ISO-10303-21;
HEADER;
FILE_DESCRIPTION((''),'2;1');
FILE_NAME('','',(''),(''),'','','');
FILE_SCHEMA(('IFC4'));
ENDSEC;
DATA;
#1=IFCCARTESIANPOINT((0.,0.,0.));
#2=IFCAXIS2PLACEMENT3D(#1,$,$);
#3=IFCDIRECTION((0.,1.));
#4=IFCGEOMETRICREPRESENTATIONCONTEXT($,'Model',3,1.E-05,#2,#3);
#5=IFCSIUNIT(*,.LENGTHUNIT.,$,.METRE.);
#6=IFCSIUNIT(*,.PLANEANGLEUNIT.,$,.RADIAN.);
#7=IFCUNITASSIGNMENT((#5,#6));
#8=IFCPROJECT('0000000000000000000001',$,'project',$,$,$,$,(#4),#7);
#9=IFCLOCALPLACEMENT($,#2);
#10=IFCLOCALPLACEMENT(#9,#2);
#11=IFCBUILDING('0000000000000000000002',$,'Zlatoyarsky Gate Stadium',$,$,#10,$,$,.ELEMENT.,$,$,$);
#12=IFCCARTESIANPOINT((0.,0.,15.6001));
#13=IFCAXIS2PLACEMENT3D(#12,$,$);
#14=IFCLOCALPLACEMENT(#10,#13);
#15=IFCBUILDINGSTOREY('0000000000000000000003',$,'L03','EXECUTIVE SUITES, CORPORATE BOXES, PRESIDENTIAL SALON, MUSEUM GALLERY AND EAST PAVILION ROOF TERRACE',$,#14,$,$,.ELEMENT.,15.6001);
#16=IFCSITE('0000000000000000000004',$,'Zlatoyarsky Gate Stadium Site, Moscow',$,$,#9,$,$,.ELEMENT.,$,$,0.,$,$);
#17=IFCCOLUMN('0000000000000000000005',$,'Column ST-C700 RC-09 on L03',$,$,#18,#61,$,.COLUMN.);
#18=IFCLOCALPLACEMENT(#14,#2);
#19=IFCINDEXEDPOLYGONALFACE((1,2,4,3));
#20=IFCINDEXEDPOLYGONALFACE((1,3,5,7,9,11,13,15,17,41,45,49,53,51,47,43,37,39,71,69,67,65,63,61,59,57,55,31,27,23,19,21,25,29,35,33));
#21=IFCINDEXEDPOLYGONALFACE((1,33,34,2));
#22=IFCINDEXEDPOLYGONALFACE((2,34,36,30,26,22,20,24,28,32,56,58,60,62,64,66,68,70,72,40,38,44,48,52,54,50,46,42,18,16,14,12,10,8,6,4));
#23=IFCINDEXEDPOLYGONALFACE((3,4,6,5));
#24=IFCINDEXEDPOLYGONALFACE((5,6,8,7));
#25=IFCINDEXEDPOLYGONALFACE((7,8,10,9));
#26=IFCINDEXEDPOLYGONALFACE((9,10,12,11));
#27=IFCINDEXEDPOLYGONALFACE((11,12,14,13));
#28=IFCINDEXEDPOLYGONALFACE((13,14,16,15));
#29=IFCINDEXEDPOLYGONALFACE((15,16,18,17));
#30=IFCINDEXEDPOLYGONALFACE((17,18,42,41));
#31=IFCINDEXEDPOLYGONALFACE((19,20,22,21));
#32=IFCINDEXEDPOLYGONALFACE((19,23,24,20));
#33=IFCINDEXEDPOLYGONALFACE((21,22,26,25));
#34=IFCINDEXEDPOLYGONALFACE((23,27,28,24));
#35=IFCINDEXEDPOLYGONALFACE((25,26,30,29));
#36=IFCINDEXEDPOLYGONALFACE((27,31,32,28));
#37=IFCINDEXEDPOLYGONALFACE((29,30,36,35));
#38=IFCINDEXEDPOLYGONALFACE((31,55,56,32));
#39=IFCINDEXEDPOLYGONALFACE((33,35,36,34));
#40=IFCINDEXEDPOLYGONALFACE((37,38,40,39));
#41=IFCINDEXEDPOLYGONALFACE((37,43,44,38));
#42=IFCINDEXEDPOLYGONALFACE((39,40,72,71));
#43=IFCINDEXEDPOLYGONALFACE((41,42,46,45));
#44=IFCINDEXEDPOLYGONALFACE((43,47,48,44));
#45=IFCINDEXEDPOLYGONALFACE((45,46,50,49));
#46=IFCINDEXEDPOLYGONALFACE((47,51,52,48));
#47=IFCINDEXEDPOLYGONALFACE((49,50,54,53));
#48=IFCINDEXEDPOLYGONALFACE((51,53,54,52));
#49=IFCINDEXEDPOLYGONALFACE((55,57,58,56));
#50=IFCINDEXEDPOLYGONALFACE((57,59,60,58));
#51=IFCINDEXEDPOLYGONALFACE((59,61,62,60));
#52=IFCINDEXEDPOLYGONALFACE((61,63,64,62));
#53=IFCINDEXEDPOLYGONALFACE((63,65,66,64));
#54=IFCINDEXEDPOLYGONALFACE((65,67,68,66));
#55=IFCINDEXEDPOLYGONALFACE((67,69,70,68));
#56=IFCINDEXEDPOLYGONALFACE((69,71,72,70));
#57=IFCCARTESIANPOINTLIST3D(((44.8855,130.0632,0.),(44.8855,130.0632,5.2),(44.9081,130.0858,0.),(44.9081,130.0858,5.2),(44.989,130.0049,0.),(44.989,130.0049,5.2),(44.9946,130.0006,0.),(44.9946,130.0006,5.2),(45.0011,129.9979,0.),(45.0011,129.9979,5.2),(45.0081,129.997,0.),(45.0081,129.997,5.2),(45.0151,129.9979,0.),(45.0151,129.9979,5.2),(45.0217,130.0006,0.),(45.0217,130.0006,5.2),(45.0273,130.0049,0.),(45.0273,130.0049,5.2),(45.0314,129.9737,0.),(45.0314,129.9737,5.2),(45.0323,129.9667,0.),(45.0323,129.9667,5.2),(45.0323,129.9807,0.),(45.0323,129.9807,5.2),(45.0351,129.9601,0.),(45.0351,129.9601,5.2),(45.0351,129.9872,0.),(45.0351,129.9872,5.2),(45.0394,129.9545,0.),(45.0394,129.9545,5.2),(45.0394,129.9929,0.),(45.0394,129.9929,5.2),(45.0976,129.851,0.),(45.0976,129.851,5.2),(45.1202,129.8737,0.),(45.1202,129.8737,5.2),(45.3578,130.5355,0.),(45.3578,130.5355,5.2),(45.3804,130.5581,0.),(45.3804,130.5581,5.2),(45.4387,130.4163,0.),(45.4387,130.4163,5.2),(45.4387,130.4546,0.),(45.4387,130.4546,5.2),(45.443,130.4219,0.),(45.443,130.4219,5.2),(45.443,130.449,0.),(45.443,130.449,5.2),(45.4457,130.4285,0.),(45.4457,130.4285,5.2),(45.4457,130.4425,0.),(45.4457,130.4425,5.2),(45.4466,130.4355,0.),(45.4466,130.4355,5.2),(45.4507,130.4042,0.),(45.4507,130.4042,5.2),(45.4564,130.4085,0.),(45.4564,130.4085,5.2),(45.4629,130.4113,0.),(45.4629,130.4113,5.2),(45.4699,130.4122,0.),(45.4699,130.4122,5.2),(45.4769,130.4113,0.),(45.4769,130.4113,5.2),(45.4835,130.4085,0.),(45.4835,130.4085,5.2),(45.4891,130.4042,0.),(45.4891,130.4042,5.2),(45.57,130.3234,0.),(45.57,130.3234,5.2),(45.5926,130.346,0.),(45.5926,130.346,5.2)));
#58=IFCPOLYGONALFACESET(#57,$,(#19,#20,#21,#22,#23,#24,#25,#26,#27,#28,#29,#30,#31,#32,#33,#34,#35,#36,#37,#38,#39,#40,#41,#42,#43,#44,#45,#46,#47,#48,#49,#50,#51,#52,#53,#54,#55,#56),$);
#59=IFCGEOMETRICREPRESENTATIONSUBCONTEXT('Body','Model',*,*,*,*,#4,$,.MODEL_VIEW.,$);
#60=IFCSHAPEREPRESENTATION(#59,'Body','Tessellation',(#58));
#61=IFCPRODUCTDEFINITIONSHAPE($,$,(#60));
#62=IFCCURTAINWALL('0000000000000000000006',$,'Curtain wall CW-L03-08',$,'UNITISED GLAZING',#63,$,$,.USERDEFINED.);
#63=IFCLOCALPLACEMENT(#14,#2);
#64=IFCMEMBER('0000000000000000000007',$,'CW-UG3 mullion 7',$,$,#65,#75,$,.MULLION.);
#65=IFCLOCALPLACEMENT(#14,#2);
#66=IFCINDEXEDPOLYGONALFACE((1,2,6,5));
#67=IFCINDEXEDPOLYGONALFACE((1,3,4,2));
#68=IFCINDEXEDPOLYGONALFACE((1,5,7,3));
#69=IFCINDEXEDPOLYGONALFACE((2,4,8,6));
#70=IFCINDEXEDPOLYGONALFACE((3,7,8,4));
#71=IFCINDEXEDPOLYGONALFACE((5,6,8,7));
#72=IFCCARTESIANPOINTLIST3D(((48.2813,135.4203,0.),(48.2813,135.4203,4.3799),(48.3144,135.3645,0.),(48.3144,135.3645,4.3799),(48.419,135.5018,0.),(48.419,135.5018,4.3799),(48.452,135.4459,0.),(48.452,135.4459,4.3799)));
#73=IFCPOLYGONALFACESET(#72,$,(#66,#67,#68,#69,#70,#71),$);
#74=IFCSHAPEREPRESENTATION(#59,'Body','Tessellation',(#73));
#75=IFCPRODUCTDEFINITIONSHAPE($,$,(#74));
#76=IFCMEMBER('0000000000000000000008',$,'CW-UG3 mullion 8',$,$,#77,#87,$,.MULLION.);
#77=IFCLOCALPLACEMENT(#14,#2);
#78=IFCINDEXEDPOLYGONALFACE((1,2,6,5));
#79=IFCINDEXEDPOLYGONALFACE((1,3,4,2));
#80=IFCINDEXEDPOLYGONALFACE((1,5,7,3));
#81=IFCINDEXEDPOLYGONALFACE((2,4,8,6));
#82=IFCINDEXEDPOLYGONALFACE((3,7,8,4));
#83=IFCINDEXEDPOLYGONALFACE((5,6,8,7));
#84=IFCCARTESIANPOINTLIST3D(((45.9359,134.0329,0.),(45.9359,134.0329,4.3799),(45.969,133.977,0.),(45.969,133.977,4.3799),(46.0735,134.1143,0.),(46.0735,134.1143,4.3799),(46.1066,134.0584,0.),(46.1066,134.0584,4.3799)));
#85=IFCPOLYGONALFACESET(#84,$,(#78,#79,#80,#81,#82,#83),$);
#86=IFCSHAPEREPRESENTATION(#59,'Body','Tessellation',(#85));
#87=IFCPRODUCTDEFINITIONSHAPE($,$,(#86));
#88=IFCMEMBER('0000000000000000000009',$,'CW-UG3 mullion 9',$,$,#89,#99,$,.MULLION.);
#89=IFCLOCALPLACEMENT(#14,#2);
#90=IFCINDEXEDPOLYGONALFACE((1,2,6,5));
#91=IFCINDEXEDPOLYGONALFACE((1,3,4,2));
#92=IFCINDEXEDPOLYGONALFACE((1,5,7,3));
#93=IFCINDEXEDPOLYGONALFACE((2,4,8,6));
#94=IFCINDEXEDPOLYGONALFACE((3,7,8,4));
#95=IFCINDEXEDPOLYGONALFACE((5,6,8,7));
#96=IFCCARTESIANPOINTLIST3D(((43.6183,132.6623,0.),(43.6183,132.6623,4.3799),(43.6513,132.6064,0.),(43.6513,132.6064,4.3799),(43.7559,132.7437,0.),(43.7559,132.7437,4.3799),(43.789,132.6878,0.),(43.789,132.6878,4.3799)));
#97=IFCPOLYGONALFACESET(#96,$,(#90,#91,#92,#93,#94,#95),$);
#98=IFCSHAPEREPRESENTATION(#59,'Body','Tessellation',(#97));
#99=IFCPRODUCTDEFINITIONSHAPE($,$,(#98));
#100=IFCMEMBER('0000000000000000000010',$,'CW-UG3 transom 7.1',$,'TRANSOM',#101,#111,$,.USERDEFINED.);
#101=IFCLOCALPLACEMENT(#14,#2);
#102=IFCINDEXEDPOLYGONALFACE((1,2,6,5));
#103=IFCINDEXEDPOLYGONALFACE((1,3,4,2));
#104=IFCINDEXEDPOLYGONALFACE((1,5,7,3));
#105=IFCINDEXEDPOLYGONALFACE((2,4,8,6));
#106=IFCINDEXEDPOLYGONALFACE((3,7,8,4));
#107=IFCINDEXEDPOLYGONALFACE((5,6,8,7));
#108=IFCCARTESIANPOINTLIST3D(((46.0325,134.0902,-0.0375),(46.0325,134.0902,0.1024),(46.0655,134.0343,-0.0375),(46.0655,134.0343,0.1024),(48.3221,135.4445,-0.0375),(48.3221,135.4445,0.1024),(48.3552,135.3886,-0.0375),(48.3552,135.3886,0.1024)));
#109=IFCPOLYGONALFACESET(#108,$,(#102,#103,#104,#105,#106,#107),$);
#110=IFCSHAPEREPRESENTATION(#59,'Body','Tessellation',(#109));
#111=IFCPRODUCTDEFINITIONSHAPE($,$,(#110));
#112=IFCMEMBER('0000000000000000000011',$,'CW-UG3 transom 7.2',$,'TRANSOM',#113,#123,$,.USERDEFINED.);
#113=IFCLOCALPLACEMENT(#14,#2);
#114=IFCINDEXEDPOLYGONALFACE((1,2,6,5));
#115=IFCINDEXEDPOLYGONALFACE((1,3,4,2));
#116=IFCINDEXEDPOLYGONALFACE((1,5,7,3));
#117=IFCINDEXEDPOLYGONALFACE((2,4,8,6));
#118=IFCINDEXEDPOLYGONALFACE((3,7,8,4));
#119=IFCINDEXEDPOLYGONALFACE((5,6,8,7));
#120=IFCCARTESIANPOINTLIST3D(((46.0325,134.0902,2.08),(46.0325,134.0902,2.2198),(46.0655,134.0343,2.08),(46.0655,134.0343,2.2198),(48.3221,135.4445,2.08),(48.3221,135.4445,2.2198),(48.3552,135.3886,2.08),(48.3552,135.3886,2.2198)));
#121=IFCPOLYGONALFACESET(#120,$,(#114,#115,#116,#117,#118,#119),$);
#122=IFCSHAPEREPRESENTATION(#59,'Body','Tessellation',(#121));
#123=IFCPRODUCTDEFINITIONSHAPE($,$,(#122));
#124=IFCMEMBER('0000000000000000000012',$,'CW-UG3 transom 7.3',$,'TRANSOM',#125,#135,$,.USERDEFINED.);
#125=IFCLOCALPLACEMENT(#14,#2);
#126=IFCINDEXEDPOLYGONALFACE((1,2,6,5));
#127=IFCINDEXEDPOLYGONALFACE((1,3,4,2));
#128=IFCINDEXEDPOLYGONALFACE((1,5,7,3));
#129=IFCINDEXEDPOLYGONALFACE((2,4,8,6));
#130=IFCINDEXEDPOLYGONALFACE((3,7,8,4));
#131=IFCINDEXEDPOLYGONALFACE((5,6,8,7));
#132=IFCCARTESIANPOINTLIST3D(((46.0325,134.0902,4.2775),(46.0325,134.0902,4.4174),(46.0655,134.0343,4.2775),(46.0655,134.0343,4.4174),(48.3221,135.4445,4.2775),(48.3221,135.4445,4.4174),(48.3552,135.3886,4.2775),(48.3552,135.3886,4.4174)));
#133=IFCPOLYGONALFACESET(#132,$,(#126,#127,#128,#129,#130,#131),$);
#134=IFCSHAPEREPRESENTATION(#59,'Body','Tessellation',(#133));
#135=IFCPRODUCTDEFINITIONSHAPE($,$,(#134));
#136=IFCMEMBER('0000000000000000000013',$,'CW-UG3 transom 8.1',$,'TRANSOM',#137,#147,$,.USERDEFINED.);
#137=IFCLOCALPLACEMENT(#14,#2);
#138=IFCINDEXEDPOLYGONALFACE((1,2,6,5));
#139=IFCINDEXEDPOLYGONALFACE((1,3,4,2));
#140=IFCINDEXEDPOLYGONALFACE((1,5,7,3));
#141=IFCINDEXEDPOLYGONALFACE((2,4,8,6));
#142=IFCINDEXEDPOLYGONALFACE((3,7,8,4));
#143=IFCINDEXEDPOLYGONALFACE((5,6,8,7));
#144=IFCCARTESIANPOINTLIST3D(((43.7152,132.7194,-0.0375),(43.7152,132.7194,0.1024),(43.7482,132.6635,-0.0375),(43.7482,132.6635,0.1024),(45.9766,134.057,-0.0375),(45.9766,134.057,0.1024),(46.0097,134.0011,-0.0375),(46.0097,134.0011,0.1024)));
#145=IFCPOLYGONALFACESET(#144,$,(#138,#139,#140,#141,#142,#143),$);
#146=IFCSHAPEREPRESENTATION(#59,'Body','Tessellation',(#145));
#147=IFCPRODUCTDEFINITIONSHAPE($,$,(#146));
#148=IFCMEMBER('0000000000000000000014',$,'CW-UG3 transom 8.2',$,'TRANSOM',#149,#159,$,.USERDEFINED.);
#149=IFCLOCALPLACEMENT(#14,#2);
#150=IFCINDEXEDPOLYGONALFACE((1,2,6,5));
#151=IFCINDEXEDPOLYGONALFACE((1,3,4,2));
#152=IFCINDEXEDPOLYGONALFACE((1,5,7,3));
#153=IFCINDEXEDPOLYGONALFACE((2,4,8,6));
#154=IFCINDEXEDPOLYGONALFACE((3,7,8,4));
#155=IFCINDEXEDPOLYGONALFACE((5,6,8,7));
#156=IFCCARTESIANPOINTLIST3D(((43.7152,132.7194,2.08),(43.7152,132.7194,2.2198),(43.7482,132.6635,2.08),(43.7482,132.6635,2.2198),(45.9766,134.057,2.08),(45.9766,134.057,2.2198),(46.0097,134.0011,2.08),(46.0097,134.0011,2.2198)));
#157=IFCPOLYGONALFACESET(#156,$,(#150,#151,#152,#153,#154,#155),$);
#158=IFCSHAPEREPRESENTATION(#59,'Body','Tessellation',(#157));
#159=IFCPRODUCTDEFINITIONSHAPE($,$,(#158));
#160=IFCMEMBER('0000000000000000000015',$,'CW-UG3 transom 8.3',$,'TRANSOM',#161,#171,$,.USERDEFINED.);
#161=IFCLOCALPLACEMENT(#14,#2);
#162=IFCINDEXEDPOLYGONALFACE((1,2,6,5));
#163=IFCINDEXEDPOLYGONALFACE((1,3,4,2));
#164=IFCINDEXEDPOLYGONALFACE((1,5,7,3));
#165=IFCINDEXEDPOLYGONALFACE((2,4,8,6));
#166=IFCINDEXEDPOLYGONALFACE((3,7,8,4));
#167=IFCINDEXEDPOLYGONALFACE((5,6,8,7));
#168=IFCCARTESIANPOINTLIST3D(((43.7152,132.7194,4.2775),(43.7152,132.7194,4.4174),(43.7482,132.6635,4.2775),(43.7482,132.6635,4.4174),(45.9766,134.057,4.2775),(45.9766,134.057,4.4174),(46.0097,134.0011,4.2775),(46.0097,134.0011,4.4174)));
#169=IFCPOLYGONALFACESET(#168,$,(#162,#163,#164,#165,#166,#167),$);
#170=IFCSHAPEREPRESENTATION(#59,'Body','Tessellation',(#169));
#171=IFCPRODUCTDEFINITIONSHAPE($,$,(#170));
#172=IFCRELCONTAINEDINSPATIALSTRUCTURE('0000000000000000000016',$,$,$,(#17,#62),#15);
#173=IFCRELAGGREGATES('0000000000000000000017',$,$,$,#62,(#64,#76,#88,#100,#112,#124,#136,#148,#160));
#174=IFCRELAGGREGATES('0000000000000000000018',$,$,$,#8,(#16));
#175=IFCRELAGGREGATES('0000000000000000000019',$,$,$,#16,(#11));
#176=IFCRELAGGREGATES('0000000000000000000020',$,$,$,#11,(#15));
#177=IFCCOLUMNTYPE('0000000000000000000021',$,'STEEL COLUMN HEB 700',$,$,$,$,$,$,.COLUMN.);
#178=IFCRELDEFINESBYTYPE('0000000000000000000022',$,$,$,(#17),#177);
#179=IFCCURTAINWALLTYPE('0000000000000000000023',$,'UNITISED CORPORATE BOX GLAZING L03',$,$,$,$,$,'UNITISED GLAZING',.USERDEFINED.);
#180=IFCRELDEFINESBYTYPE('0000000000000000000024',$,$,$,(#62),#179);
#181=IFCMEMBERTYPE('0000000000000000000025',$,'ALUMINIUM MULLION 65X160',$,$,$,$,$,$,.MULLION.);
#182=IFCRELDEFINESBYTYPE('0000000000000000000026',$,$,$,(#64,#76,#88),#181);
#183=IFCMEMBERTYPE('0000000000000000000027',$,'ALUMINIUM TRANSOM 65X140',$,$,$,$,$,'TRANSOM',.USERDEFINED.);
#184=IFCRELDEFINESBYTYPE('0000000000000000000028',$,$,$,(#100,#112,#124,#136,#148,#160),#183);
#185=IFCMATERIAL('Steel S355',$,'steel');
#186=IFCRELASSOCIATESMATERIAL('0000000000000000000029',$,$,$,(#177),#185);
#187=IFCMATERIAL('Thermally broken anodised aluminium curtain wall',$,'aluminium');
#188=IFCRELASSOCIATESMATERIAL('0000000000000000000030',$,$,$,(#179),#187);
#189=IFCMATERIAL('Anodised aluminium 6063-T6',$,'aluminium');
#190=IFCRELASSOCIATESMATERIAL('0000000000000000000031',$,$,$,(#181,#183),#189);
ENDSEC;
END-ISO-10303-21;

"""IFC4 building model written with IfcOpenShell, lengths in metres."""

from ifc_helpers import new_model, si_unit, direction, frame, origin, origin_2d, place, context, subcontext, project, spatial, rectangle, i_section, extrude, material, material_profile, profile_set, type_object, element, aggregate, save


model = new_model("IFC4")

# Units and contexts
model_context = context("Model", 3, precision=1e-05, world=origin(), true_north=direction((0.0, 1.0)))
body_context = subcontext(model_context, "Body", "Model", "MODEL_VIEW")
ifc_project = project(units=[si_unit("LENGTHUNIT", "METRE"), si_unit("PLANEANGLEUNIT", "RADIAN")], contexts=[model_context])

# Site, building, storey
site_placement = place(None, origin())
site = spatial("IfcSite", under=ifc_project, at=site_placement, Name="Zlatoyarsky Gate Stadium Site, Moscow", CompositionType="ELEMENT", RefElevation=0.0)
building_placement = place(site_placement, origin())
building = spatial("IfcBuilding", under=site, at=building_placement, Name="Zlatoyarsky Gate Stadium", CompositionType="ELEMENT")
storey_placement = place(building_placement, frame((0.0, 0.0, 15.6001)))
storey = spatial("IfcBuildingStorey", under=building, at=storey_placement, Name="L03", Description="EXECUTIVE SUITES, CORPORATE BOXES, PRESIDENTIAL SALON, MUSEUM GALLERY AND EAST PAVILION ROOF TERRACE", CompositionType="ELEMENT", Elevation=15.6001)

# Column
ifc_material_1 = material(Name="Steel S355", Category="steel")
ifc_material_profile_1 = material_profile(ifc_material_1, i_section(OverallWidth=0.3, OverallDepth=0.7, WebThickness=0.0171, FlangeThickness=0.032, FilletRadius=0.0271, at=origin_2d()), Name="HEB 700")
ifc_profile_set_1 = profile_set([ifc_material_profile_1], Name="Steel S355")
column_type = type_object("IfcColumnType", Name="STEEL COLUMN HEB 700", PredefinedType="COLUMN", material=ifc_profile_set_1)
column_placement = place(storey_placement, frame((45.239, 130.2046, 0.0), z_axis=(0.0, 0.0, 1.0), x_axis=(-0.707107, 0.707107, 0.0)))
element("IfcColumn", 1, at=column_placement, inside=storey, type_object=column_type, Name="Column ST-C700 RC-09 on L03", PredefinedType="COLUMN", context=body_context, shape_type="SweptSolid", body=[
    extrude(i_section(OverallWidth=0.3, OverallDepth=0.7, WebThickness=0.0171, FlangeThickness=0.032, FilletRadius=0.0271, at=origin_2d()), origin(), (0.0, 0.0, 1.0), 5.2),
])

# Curtain wall, members
ifc_material_2 = material(Name="Thermally broken anodised aluminium curtain wall", Category="aluminium")
curtain_wall_type = type_object("IfcCurtainWallType", Name="UNITISED CORPORATE BOX GLAZING L03", ElementType="UNITISED GLAZING", PredefinedType="USERDEFINED", material=ifc_material_2)
curtain_wall_placement = place(storey_placement, origin())
curtain_wall = element("IfcCurtainWall", 2, at=curtain_wall_placement, inside=storey, type_object=curtain_wall_type, Name="Curtain wall CW-L03-08", ObjectType="UNITISED GLAZING", PredefinedType="USERDEFINED")
ifc_material_3 = material(Name="Anodised aluminium 6063-T6", Category="aluminium")
ifc_material_profile_2 = material_profile(ifc_material_3, rectangle(XDim=0.0649, YDim=0.1599, at=origin_2d()), Name="ALU 65X160")
ifc_profile_set_2 = profile_set([ifc_material_profile_2], Name="Anodised aluminium 6063-T6")
member_type_1 = type_object("IfcMemberType", Name="ALUMINIUM MULLION 65X160", PredefinedType="MULLION", material=ifc_profile_set_2)
member_1_placement = place(storey_placement, frame((48.3667, 135.4331, 0.0), z_axis=(0.0, 0.0, 1.0), x_axis=(0.509098, -0.860708, 0.0)))
member_1 = element("IfcMember", 3, at=member_1_placement, type_object=member_type_1, Name="CW-UG3 mullion 7", PredefinedType="MULLION", context=body_context, shape_type="SweptSolid", body=[
    extrude(rectangle(XDim=0.0649, YDim=0.1599, at=origin_2d()), origin(), (0.0, 0.0, 1.0), 4.3799),
])
member_2_placement = place(storey_placement, frame((46.0212, 134.0457, 0.0), z_axis=(0.0, 0.0, 1.0), x_axis=(0.509098, -0.860708, 0.0)))
member_2 = element("IfcMember", 4, at=member_2_placement, type_object=member_type_1, Name="CW-UG3 mullion 8", PredefinedType="MULLION", context=body_context, shape_type="SweptSolid", body=[
    extrude(rectangle(XDim=0.0649, YDim=0.1599, at=origin_2d()), origin(), (0.0, 0.0, 1.0), 4.3799),
])
member_3_placement = place(storey_placement, frame((43.7036, 132.675, 0.0), z_axis=(0.0, 0.0, 1.0), x_axis=(0.509098, -0.860708, 0.0)))
member_3 = element("IfcMember", 5, at=member_3_placement, type_object=member_type_1, Name="CW-UG3 mullion 9", PredefinedType="MULLION", context=body_context, shape_type="SweptSolid", body=[
    extrude(rectangle(XDim=0.0649, YDim=0.1599, at=origin_2d()), origin(), (0.0, 0.0, 1.0), 4.3799),
])
ifc_material_profile_3 = material_profile(ifc_material_3, rectangle(XDim=0.0649, YDim=0.1399, at=origin_2d()), Name="ALU 65X140")
ifc_profile_set_3 = profile_set([ifc_material_profile_3], Name="Anodised aluminium 6063-T6")
member_type_2 = type_object("IfcMemberType", Name="ALUMINIUM TRANSOM 65X140", ElementType="TRANSOM", PredefinedType="USERDEFINED", material=ifc_profile_set_3)
member_4_placement = place(storey_placement, frame((48.3386, 135.4165, 0.0325), z_axis=(-0.860707, -0.5091, 0.0), x_axis=(0.5091, -0.860707, 0.0)))
member_4 = element("IfcMember", 6, at=member_4_placement, type_object=member_type_2, Name="CW-UG3 transom 7.1", ObjectType="TRANSOM", PredefinedType="USERDEFINED", context=body_context, shape_type="SweptSolid", body=[
    extrude(rectangle(XDim=0.0649, YDim=0.1399, at=origin_2d()), origin(), (0.0, 0.0, 1.0), 2.6602),
])
member_5_placement = place(storey_placement, frame((48.3386, 135.4165, 2.1499), z_axis=(-0.860707, -0.5091, 0.0), x_axis=(0.5091, -0.860707, 0.0)))
member_5 = element("IfcMember", 7, at=member_5_placement, type_object=member_type_2, Name="CW-UG3 transom 7.2", ObjectType="TRANSOM", PredefinedType="USERDEFINED", context=body_context, shape_type="SweptSolid", body=[
    extrude(rectangle(XDim=0.0649, YDim=0.1399, at=origin_2d()), origin(), (0.0, 0.0, 1.0), 2.6602),
])
member_6_placement = place(storey_placement, frame((48.3386, 135.4165, 4.3474), z_axis=(-0.860707, -0.5091, 0.0), x_axis=(0.5091, -0.860707, 0.0)))
member_6 = element("IfcMember", 8, at=member_6_placement, type_object=member_type_2, Name="CW-UG3 transom 7.3", ObjectType="TRANSOM", PredefinedType="USERDEFINED", context=body_context, shape_type="SweptSolid", body=[
    extrude(rectangle(XDim=0.0649, YDim=0.1399, at=origin_2d()), origin(), (0.0, 0.0, 1.0), 2.6602),
])
member_7_placement = place(storey_placement, frame((45.9932, 134.0291, 0.0325), z_axis=(-0.860706, -0.509102, 0.0), x_axis=(0.509102, -0.860706, 0.0)))
member_7 = element("IfcMember", 9, at=member_7_placement, type_object=member_type_2, Name="CW-UG3 transom 8.1", ObjectType="TRANSOM", PredefinedType="USERDEFINED", context=body_context, shape_type="SweptSolid", body=[
    extrude(rectangle(XDim=0.0649, YDim=0.1399, at=origin_2d()), origin(), (0.0, 0.0, 1.0), 2.6274),
])
member_8_placement = place(storey_placement, frame((45.9932, 134.0291, 2.1499), z_axis=(-0.860706, -0.509102, 0.0), x_axis=(0.509102, -0.860706, 0.0)))
member_8 = element("IfcMember", 10, at=member_8_placement, type_object=member_type_2, Name="CW-UG3 transom 8.2", ObjectType="TRANSOM", PredefinedType="USERDEFINED", context=body_context, shape_type="SweptSolid", body=[
    extrude(rectangle(XDim=0.0649, YDim=0.1399, at=origin_2d()), origin(), (0.0, 0.0, 1.0), 2.6274),
])
member_9_placement = place(storey_placement, frame((45.9932, 134.0291, 4.3474), z_axis=(-0.860706, -0.509102, 0.0), x_axis=(0.509102, -0.860706, 0.0)))
member_9 = element("IfcMember", 11, at=member_9_placement, type_object=member_type_2, Name="CW-UG3 transom 8.3", ObjectType="TRANSOM", PredefinedType="USERDEFINED", context=body_context, shape_type="SweptSolid", body=[
    extrude(rectangle(XDim=0.0649, YDim=0.1399, at=origin_2d()), origin(), (0.0, 0.0, 1.0), 2.6274),
])

aggregate(curtain_wall, [member_1, member_2, member_3, member_4, member_5, member_6, member_7, member_8, member_9])

save(model, "model.ifc")
